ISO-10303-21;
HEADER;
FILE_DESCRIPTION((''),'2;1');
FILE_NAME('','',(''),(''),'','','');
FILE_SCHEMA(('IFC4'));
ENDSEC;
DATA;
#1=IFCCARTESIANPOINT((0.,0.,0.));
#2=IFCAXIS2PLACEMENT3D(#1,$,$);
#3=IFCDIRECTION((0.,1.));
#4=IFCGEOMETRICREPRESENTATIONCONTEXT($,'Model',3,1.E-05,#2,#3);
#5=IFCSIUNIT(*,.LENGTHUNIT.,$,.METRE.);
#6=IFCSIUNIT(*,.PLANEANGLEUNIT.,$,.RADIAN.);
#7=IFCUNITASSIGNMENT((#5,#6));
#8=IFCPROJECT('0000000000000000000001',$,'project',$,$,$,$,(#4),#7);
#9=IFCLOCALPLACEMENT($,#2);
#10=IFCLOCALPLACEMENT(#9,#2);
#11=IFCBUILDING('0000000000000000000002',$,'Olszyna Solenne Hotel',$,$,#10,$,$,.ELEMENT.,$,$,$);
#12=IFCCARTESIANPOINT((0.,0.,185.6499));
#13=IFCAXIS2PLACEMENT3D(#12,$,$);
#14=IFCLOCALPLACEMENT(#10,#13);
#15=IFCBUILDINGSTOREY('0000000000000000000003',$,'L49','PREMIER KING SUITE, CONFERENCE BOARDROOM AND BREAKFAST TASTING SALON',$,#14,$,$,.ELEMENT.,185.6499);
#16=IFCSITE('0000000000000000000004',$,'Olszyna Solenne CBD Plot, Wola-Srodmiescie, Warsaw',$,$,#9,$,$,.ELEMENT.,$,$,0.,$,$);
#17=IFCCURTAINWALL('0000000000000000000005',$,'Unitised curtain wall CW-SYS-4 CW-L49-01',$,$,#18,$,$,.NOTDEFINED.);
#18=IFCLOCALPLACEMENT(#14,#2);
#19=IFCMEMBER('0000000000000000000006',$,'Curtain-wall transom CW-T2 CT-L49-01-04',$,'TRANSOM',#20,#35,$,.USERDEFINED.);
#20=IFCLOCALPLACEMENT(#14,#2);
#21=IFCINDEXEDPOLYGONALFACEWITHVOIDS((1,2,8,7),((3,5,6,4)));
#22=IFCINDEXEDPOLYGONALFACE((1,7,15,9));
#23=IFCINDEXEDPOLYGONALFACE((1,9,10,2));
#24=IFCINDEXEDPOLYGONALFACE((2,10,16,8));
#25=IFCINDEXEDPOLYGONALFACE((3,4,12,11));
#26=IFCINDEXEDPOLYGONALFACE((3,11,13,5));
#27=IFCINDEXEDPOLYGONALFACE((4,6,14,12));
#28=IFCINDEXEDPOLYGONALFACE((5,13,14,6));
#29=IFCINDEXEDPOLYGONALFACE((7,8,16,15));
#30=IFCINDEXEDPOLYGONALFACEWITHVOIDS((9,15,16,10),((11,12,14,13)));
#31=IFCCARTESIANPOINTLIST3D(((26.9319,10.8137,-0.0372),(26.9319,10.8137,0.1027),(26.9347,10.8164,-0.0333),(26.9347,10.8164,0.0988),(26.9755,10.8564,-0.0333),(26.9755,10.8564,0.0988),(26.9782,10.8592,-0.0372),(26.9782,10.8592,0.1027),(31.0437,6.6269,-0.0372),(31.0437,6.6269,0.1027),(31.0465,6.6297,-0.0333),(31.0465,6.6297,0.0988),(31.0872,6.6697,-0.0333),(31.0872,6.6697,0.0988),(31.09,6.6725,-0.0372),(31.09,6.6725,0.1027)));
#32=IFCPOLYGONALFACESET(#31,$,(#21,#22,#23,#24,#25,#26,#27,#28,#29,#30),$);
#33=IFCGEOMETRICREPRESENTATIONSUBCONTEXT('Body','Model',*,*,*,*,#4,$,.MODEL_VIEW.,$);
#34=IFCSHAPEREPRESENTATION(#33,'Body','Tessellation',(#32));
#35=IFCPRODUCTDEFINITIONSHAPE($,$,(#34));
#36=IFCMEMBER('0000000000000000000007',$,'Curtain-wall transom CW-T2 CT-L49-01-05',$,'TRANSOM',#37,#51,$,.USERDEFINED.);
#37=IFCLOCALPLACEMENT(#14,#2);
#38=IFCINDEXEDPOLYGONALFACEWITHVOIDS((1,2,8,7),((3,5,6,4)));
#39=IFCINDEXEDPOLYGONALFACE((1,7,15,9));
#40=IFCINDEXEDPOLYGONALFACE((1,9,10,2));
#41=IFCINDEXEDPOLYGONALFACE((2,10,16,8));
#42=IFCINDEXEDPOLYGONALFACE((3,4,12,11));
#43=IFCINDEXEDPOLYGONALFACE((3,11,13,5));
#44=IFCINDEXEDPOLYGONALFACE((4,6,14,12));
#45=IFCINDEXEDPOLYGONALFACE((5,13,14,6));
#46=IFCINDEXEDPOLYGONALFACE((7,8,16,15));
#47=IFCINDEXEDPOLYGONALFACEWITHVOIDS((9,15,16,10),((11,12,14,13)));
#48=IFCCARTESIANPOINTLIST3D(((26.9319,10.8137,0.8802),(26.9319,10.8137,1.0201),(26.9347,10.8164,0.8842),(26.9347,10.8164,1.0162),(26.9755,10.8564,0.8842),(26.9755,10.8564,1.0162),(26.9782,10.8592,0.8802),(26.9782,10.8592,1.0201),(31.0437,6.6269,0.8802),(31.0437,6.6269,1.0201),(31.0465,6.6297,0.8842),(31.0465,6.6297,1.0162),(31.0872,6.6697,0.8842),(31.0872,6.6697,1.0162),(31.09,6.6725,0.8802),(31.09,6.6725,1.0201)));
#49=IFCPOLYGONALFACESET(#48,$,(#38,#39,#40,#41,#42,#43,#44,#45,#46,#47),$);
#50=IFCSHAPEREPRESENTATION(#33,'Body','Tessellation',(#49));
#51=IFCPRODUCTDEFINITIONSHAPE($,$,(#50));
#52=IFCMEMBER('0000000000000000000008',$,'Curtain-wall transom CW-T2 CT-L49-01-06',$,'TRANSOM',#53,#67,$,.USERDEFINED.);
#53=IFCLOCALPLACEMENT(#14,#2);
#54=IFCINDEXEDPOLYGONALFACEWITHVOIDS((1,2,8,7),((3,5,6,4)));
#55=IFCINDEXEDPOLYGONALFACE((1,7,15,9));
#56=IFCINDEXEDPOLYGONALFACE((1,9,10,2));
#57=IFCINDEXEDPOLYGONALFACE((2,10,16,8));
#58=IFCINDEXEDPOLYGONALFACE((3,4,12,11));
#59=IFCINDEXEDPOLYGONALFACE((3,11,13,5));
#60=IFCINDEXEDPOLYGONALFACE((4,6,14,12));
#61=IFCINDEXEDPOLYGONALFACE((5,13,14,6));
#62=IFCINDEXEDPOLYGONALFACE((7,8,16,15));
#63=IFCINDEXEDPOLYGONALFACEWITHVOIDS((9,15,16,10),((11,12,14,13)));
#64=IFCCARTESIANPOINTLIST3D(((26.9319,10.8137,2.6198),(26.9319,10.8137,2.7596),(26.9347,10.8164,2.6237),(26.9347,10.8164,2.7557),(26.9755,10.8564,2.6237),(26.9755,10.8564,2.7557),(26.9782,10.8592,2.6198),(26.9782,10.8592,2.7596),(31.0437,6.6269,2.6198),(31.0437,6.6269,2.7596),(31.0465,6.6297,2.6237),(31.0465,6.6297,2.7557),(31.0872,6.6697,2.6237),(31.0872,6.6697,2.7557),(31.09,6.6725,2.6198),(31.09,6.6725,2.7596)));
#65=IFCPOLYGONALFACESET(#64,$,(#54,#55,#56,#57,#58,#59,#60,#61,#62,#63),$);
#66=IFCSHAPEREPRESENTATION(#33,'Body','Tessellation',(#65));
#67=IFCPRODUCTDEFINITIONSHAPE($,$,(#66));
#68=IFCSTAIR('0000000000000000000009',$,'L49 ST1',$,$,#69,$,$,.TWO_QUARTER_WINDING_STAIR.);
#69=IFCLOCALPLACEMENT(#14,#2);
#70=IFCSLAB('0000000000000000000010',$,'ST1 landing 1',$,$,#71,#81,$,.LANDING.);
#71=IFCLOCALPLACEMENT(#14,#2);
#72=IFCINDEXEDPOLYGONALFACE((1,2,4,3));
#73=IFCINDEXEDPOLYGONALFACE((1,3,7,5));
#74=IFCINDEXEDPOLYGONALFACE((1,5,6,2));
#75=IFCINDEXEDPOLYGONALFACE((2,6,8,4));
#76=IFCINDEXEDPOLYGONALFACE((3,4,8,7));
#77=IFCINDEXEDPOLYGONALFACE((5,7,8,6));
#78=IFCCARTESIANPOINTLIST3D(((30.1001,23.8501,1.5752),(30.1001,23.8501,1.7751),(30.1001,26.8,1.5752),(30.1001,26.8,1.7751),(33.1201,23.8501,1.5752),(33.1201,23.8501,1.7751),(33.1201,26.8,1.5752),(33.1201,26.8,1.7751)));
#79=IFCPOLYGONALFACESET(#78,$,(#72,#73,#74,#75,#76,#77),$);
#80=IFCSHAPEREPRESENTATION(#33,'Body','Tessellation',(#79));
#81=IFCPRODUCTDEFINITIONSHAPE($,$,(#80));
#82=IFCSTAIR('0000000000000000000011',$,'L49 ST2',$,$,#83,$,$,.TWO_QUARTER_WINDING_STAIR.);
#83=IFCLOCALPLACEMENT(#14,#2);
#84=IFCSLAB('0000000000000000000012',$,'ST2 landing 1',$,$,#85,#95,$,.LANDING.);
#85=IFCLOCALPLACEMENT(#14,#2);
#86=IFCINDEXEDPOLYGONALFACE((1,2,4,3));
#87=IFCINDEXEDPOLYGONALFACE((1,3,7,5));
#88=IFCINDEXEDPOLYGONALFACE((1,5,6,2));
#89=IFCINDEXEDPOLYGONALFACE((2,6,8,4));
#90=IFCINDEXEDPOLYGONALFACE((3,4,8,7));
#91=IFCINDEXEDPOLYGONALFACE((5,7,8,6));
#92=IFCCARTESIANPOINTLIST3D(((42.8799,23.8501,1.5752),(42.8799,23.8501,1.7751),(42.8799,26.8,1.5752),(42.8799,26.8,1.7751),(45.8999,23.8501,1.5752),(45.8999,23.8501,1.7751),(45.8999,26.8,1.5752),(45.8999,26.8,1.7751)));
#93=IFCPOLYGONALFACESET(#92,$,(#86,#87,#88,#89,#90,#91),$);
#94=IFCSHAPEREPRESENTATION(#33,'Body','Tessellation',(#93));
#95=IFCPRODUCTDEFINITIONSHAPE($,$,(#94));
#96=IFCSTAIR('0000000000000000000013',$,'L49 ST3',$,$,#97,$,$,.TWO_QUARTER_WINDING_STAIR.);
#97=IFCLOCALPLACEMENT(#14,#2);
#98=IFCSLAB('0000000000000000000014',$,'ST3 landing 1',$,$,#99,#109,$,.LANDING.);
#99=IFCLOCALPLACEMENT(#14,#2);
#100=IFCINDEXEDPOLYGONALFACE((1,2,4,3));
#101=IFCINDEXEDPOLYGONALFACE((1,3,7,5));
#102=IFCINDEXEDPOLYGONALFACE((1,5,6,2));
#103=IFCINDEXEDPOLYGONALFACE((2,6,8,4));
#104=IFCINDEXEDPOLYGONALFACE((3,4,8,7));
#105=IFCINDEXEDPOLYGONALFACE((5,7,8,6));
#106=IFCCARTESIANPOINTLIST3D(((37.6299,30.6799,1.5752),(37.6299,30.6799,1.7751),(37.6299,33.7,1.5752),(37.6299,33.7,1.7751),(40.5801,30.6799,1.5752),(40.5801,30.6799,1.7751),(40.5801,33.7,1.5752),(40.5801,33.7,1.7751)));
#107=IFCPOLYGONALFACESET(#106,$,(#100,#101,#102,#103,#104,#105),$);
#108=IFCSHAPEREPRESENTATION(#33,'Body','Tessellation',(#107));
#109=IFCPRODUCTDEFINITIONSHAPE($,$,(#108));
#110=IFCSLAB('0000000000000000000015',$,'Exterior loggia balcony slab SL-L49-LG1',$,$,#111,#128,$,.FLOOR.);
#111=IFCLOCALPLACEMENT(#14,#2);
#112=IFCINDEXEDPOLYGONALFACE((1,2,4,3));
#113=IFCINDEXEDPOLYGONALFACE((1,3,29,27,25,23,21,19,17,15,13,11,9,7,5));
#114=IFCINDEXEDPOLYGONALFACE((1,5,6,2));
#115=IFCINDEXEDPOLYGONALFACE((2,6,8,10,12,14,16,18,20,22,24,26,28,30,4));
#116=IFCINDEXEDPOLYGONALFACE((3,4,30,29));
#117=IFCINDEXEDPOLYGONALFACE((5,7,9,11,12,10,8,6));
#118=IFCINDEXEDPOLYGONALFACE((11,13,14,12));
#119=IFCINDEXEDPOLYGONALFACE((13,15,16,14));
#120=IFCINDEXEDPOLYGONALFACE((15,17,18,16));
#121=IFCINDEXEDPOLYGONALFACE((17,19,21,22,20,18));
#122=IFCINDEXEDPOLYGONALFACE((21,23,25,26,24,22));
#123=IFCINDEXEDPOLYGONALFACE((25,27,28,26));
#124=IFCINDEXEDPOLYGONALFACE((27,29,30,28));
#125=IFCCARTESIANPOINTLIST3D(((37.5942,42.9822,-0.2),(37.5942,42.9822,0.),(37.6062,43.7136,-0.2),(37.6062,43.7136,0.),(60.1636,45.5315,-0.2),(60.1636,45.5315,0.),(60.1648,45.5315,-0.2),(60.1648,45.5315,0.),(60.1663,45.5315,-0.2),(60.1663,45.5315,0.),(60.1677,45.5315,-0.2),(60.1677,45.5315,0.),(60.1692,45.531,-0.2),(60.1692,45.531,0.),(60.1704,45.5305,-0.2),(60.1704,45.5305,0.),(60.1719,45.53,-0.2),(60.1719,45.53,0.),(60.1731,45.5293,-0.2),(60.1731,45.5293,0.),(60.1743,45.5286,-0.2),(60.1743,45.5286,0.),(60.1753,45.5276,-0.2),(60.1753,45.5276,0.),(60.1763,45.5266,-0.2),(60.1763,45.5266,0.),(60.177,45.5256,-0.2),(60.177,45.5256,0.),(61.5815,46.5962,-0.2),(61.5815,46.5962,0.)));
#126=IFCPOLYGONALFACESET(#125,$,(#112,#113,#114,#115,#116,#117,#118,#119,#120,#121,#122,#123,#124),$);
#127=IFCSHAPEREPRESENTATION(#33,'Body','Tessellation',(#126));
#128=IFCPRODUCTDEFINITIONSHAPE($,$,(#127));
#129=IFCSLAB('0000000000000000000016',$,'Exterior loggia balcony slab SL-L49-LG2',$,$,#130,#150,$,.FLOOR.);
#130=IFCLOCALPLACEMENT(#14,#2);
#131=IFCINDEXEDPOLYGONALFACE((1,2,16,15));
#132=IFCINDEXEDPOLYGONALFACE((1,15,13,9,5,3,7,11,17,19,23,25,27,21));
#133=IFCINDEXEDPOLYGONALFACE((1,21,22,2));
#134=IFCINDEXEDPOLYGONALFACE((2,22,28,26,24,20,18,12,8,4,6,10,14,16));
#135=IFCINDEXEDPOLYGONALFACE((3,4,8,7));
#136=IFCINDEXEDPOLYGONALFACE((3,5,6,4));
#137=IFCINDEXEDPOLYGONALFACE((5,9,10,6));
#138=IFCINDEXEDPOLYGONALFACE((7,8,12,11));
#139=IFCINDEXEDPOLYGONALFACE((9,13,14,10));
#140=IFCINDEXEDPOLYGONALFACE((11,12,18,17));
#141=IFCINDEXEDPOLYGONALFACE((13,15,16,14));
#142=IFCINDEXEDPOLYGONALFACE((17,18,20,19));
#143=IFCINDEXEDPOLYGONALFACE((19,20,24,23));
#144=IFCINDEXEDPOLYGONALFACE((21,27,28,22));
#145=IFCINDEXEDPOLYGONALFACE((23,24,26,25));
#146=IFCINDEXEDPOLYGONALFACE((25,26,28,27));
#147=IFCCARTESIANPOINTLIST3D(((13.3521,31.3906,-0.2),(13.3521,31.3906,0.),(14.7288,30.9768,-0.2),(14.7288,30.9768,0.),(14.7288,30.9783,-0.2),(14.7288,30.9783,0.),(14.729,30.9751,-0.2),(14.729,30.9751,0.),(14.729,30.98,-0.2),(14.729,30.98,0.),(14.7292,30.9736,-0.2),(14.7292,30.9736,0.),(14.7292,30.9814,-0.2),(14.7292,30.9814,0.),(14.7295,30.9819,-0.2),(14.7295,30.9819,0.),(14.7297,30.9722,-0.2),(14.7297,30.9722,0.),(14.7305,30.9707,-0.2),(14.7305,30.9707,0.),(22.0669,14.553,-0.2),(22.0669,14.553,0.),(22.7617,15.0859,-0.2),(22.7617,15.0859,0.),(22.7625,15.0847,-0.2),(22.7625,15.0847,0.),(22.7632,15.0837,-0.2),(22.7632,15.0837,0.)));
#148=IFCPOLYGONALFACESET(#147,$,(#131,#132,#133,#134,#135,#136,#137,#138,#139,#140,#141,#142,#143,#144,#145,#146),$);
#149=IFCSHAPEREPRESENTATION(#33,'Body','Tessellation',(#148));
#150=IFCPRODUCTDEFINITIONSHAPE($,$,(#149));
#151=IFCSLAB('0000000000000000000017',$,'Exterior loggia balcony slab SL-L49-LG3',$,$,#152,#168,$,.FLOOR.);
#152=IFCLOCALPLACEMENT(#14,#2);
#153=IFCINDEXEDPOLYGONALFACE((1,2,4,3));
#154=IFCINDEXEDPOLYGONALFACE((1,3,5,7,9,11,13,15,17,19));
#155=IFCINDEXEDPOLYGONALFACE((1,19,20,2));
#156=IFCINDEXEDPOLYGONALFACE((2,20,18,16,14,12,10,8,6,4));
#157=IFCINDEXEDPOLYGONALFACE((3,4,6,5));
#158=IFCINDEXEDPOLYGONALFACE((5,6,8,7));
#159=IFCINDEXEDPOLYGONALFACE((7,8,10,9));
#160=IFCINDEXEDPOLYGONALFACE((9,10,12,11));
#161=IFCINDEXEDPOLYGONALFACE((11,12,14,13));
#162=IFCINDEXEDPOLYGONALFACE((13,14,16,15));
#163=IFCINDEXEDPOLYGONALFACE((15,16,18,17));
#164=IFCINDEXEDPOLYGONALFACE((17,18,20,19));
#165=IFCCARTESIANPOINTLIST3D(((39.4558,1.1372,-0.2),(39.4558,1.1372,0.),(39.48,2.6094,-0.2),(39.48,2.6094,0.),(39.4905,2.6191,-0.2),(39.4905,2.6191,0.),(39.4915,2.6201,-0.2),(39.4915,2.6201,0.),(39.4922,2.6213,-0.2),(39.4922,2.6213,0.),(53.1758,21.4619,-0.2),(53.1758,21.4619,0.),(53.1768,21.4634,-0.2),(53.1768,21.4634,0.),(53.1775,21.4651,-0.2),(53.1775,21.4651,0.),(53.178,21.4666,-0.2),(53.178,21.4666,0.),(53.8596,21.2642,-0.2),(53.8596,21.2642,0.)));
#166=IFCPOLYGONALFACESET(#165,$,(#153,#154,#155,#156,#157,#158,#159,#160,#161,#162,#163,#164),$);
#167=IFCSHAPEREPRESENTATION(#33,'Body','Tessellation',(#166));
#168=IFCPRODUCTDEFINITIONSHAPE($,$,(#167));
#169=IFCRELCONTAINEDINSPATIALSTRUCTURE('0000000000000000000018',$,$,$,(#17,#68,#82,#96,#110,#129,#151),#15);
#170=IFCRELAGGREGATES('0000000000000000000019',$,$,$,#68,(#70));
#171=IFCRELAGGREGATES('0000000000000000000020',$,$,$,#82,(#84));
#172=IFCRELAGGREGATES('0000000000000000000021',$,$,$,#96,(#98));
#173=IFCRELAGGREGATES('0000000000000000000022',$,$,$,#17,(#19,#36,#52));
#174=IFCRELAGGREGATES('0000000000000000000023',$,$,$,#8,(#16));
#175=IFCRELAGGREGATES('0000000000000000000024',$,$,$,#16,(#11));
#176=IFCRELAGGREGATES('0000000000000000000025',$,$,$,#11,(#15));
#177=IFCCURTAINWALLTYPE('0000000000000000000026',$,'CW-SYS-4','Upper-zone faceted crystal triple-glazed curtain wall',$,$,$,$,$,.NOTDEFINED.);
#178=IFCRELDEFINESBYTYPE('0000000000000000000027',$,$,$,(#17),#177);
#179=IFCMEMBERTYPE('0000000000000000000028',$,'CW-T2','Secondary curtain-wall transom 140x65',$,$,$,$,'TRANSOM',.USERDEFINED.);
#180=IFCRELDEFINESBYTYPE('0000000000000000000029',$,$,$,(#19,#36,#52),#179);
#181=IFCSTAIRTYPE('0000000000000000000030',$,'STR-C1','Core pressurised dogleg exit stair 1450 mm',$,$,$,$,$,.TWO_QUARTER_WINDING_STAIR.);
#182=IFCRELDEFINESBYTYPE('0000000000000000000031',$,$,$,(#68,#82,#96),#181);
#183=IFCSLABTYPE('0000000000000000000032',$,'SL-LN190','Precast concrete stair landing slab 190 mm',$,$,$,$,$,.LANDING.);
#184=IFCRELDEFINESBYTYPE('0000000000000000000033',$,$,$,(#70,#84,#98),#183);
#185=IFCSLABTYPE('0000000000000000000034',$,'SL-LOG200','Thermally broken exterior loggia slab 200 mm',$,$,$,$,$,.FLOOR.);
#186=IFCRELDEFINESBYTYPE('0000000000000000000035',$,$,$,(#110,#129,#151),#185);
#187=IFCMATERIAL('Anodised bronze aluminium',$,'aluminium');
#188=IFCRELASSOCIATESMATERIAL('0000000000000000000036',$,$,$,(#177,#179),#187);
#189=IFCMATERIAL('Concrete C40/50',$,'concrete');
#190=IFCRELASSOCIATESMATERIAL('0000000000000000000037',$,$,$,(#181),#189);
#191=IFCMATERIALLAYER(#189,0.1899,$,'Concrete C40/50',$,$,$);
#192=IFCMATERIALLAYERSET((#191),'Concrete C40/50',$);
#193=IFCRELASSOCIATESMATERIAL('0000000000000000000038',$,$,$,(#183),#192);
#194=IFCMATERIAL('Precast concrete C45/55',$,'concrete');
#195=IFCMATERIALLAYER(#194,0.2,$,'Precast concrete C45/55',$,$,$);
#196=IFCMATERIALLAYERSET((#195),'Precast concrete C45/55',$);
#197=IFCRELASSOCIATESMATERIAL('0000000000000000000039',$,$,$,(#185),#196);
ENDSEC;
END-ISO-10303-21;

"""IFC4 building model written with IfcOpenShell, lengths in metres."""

from ifc_helpers import new_model, si_unit, direction, frame, origin, origin_2d, place, context, subcontext, project, spatial, polyline, hollow_rectangle, outline, extrude, source, transform, mapped, material, layer, layer_set, material_profile, profile_set, type_object, element, aggregate, save


model = new_model("IFC4")

# Units and contexts
model_context = context("Model", 3, precision=1e-05, world=origin(), true_north=direction((0.0, 1.0)))
body_context = subcontext(model_context, "Body", "Model", "MODEL_VIEW")
ifc_project = project(units=[si_unit("LENGTHUNIT", "METRE"), si_unit("PLANEANGLEUNIT", "RADIAN")], contexts=[model_context])

# Site, building, storey
site_placement = place(None, origin())
site = spatial("IfcSite", under=ifc_project, at=site_placement, Name="Olszyna Solenne CBD Plot, Wola-Srodmiescie, Warsaw", CompositionType="ELEMENT", RefElevation=0.0)
building_placement = place(site_placement, origin())
building = spatial("IfcBuilding", under=site, at=building_placement, Name="Olszyna Solenne Hotel", CompositionType="ELEMENT")
storey_placement = place(building_placement, frame((0.0, 0.0, 185.6499)))
storey = spatial("IfcBuildingStorey", under=building, at=storey_placement, Name="L49", Description="PREMIER KING SUITE, CONFERENCE BOARDROOM AND BREAKFAST TASTING SALON", CompositionType="ELEMENT", Elevation=185.6499)

# Curtain wall, members
ifc_material_1 = material(Name="Anodised bronze aluminium", Category="aluminium")
curtain_wall_type = type_object("IfcCurtainWallType", Name="CW-SYS-4", Description="Upper-zone faceted crystal triple-glazed curtain wall", PredefinedType="NOTDEFINED", material=ifc_material_1)
curtain_wall_placement = place(storey_placement, origin())
curtain_wall = element("IfcCurtainWall", 1, at=curtain_wall_placement, inside=storey, type_object=curtain_wall_type, Name="Unitised curtain wall CW-SYS-4 CW-L49-01", PredefinedType="NOTDEFINED")
ifc_material_profile_1 = material_profile(ifc_material_1, hollow_rectangle(XDim=0.0649, YDim=0.1399, WallThickness=0.0039, at=origin_2d()), Name="TRAN 140x65x4", Category="load-bearing")
ifc_profile_set_1 = profile_set([ifc_material_profile_1], Name="Anodised bronze aluminium")
member_type_1 = type_object("IfcMemberType", Name="CW-T2", Description="Secondary curtain-wall transom 140x65", ElementType="TRANSOM", PredefinedType="USERDEFINED", material=ifc_profile_set_1)
shared_shape_1 = source(origin(), body_context, "Body", "SweptSolid", [
    extrude(hollow_rectangle(XDim=0.0649, YDim=0.1399, WallThickness=0.0039, at=origin_2d()), origin(), (0.0, 0.0, 1.0), 5.8682),
])
member_1_placement = place(storey_placement, frame((26.9551, 10.8364, 0.0327), z_axis=(0.700692, -0.713464, 0.0), x_axis=(0.713464, 0.700692, 0.0)))
member_1 = element("IfcMember", 2, at=member_1_placement, type_object=member_type_1, Name="Curtain-wall transom CW-T2 CT-L49-01-04", ObjectType="TRANSOM", PredefinedType="USERDEFINED", context=body_context, shape_type="MappedRepresentation", body=[
    mapped(shared_shape_1, transform((0.0, 0.0, 0.0), x_axis=(1.0, 0.0, 0.0), y_axis=(0.0, 1.0, 0.0), z_axis=(0.0, 0.0, 1.0), scale=1.0)),
])
member_2_placement = place(storey_placement, frame((26.9551, 10.8364, 0.9502), z_axis=(0.700692, -0.713464, 0.0), x_axis=(0.713464, 0.700692, 0.0)))
member_2 = element("IfcMember", 3, at=member_2_placement, type_object=member_type_1, Name="Curtain-wall transom CW-T2 CT-L49-01-05", ObjectType="TRANSOM", PredefinedType="USERDEFINED", context=body_context, shape_type="MappedRepresentation", body=[
    mapped(shared_shape_1, transform((0.0, 0.0, 0.0), x_axis=(1.0, 0.0, 0.0), y_axis=(0.0, 1.0, 0.0), z_axis=(0.0, 0.0, 1.0), scale=1.0)),
])
member_3_placement = place(storey_placement, frame((26.9551, 10.8364, 2.6897), z_axis=(0.700692, -0.713464, 0.0), x_axis=(0.713464, 0.700692, 0.0)))
member_3 = element("IfcMember", 4, at=member_3_placement, type_object=member_type_1, Name="Curtain-wall transom CW-T2 CT-L49-01-06", ObjectType="TRANSOM", PredefinedType="USERDEFINED", context=body_context, shape_type="MappedRepresentation", body=[
    mapped(shared_shape_1, transform((0.0, 0.0, 0.0), x_axis=(1.0, 0.0, 0.0), y_axis=(0.0, 1.0, 0.0), z_axis=(0.0, 0.0, 1.0), scale=1.0)),
])

# Stairs, slabs
ifc_material_2 = material(Name="Concrete C40/50", Category="concrete")
stair_type = type_object("IfcStairType", Name="STR-C1", Description="Core pressurised dogleg exit stair 1450 mm", PredefinedType="TWO_QUARTER_WINDING_STAIR", material=ifc_material_2)
stair_1_placement = place(storey_placement, origin())
stair_1 = element("IfcStair", 5, at=stair_1_placement, inside=storey, type_object=stair_type, Name="L49 ST1", PredefinedType="TWO_QUARTER_WINDING_STAIR")
ifc_layer_1 = layer(ifc_material_2, 0.1899, Name="Concrete C40/50")
ifc_layer_set_1 = layer_set([ifc_layer_1], Name="Concrete C40/50")
slab_type_1 = type_object("IfcSlabType", Name="SL-LN190", Description="Precast concrete stair landing slab 190 mm", PredefinedType="LANDING", material=ifc_layer_set_1)
slab_1_placement = place(storey_placement, frame((0.0, 0.0, 1.5752)))
slab_1 = element("IfcSlab", 6, at=slab_1_placement, type_object=slab_type_1, Name="ST1 landing 1", PredefinedType="LANDING", context=body_context, shape_type="SweptSolid", body=[
    extrude(outline(polyline([(33.1201, 23.8501), (33.1201, 26.8), (30.1001, 26.8), (30.1001, 23.8501), (33.1201, 23.8501)])), origin(), (0.0, 0.0, 1.0), 0.2),
])
aggregate(stair_1, [slab_1])
stair_2_placement = place(storey_placement, origin())
stair_2 = element("IfcStair", 7, at=stair_2_placement, inside=storey, type_object=stair_type, Name="L49 ST2", PredefinedType="TWO_QUARTER_WINDING_STAIR")
slab_2_placement = place(storey_placement, frame((0.0, 0.0, 1.5752)))
slab_2 = element("IfcSlab", 8, at=slab_2_placement, type_object=slab_type_1, Name="ST2 landing 1", PredefinedType="LANDING", context=body_context, shape_type="SweptSolid", body=[
    extrude(outline(polyline([(45.8999, 23.8501), (45.8999, 26.8), (42.8799, 26.8), (42.8799, 23.8501), (45.8999, 23.8501)])), origin(), (0.0, 0.0, 1.0), 0.2),
])
aggregate(stair_2, [slab_2])
stair_3_placement = place(storey_placement, origin())
stair_3 = element("IfcStair", 9, at=stair_3_placement, inside=storey, type_object=stair_type, Name="L49 ST3", PredefinedType="TWO_QUARTER_WINDING_STAIR")
slab_3_placement = place(storey_placement, frame((0.0, 0.0, 1.5752)))
slab_3 = element("IfcSlab", 10, at=slab_3_placement, type_object=slab_type_1, Name="ST3 landing 1", PredefinedType="LANDING", context=body_context, shape_type="SweptSolid", body=[
    extrude(outline(polyline([(37.6299, 30.6799), (40.5801, 30.6799), (40.5801, 33.7), (37.6299, 33.7), (37.6299, 30.6799)])), origin(), (0.0, 0.0, 1.0), 0.2),
])
aggregate(stair_3, [slab_3])

# Slabs
ifc_material_3 = material(Name="Precast concrete C45/55", Category="concrete")
ifc_layer_2 = layer(ifc_material_3, 0.2, Name="Precast concrete C45/55")
ifc_layer_set_2 = layer_set([ifc_layer_2], Name="Precast concrete C45/55")
slab_type_2 = type_object("IfcSlabType", Name="SL-LOG200", Description="Thermally broken exterior loggia slab 200 mm", PredefinedType="FLOOR", material=ifc_layer_set_2)
slab_4_placement = place(storey_placement, frame((0.0, 0.0, -0.2)))
element("IfcSlab", 11, at=slab_4_placement, inside=storey, type_object=slab_type_2, Name="Exterior loggia balcony slab SL-L49-LG1", PredefinedType="FLOOR", context=body_context, shape_type="SweptSolid", body=[
    extrude(outline(polyline([(37.5942, 42.9822), (60.1636, 45.5315), (60.1648, 45.5315), (60.1663, 45.5315), (60.1677, 45.5315), (60.1692, 45.531), (60.1704, 45.5305), (60.1719, 45.53), (60.1731, 45.5293), (60.1743, 45.5286), (60.1753, 45.5276), (60.1763, 45.5266), (60.177, 45.5256), (61.5815, 46.5962), (37.6062, 43.7136), (37.5942, 42.9822)])), origin(), (0.0, 0.0, 1.0), 0.2),
])
slab_5_placement = place(storey_placement, frame((0.0, 0.0, -0.2)))
element("IfcSlab", 12, at=slab_5_placement, inside=storey, type_object=slab_type_2, Name="Exterior loggia balcony slab SL-L49-LG2", PredefinedType="FLOOR", context=body_context, shape_type="SweptSolid", body=[
    extrude(outline(polyline([(22.7632, 15.0837), (22.7625, 15.0847), (22.7617, 15.0859), (14.7305, 30.9707), (14.7297, 30.9722), (14.7292, 30.9736), (14.729, 30.9751), (14.7288, 30.9768), (14.7288, 30.9783), (14.729, 30.98), (14.7292, 30.9814), (14.7295, 30.9819), (13.3521, 31.3906), (22.0669, 14.553), (22.7632, 15.0837)])), origin(), (0.0, 0.0, 1.0), 0.2),
])
slab_6_placement = place(storey_placement, frame((0.0, 0.0, -0.2)))
element("IfcSlab", 13, at=slab_6_placement, inside=storey, type_object=slab_type_2, Name="Exterior loggia balcony slab SL-L49-LG3", PredefinedType="FLOOR", context=body_context, shape_type="SweptSolid", body=[
    extrude(outline(polyline([(53.178, 21.4666), (53.1775, 21.4651), (53.1768, 21.4634), (53.1758, 21.4619), (39.4922, 2.6213), (39.4915, 2.6201), (39.4905, 2.6191), (39.48, 2.6094), (39.4558, 1.1372), (53.8596, 21.2642), (53.178, 21.4666)])), origin(), (0.0, 0.0, 1.0), 0.2),
])

aggregate(curtain_wall, [member_1, member_2, member_3])

save(model, "model.ifc")
